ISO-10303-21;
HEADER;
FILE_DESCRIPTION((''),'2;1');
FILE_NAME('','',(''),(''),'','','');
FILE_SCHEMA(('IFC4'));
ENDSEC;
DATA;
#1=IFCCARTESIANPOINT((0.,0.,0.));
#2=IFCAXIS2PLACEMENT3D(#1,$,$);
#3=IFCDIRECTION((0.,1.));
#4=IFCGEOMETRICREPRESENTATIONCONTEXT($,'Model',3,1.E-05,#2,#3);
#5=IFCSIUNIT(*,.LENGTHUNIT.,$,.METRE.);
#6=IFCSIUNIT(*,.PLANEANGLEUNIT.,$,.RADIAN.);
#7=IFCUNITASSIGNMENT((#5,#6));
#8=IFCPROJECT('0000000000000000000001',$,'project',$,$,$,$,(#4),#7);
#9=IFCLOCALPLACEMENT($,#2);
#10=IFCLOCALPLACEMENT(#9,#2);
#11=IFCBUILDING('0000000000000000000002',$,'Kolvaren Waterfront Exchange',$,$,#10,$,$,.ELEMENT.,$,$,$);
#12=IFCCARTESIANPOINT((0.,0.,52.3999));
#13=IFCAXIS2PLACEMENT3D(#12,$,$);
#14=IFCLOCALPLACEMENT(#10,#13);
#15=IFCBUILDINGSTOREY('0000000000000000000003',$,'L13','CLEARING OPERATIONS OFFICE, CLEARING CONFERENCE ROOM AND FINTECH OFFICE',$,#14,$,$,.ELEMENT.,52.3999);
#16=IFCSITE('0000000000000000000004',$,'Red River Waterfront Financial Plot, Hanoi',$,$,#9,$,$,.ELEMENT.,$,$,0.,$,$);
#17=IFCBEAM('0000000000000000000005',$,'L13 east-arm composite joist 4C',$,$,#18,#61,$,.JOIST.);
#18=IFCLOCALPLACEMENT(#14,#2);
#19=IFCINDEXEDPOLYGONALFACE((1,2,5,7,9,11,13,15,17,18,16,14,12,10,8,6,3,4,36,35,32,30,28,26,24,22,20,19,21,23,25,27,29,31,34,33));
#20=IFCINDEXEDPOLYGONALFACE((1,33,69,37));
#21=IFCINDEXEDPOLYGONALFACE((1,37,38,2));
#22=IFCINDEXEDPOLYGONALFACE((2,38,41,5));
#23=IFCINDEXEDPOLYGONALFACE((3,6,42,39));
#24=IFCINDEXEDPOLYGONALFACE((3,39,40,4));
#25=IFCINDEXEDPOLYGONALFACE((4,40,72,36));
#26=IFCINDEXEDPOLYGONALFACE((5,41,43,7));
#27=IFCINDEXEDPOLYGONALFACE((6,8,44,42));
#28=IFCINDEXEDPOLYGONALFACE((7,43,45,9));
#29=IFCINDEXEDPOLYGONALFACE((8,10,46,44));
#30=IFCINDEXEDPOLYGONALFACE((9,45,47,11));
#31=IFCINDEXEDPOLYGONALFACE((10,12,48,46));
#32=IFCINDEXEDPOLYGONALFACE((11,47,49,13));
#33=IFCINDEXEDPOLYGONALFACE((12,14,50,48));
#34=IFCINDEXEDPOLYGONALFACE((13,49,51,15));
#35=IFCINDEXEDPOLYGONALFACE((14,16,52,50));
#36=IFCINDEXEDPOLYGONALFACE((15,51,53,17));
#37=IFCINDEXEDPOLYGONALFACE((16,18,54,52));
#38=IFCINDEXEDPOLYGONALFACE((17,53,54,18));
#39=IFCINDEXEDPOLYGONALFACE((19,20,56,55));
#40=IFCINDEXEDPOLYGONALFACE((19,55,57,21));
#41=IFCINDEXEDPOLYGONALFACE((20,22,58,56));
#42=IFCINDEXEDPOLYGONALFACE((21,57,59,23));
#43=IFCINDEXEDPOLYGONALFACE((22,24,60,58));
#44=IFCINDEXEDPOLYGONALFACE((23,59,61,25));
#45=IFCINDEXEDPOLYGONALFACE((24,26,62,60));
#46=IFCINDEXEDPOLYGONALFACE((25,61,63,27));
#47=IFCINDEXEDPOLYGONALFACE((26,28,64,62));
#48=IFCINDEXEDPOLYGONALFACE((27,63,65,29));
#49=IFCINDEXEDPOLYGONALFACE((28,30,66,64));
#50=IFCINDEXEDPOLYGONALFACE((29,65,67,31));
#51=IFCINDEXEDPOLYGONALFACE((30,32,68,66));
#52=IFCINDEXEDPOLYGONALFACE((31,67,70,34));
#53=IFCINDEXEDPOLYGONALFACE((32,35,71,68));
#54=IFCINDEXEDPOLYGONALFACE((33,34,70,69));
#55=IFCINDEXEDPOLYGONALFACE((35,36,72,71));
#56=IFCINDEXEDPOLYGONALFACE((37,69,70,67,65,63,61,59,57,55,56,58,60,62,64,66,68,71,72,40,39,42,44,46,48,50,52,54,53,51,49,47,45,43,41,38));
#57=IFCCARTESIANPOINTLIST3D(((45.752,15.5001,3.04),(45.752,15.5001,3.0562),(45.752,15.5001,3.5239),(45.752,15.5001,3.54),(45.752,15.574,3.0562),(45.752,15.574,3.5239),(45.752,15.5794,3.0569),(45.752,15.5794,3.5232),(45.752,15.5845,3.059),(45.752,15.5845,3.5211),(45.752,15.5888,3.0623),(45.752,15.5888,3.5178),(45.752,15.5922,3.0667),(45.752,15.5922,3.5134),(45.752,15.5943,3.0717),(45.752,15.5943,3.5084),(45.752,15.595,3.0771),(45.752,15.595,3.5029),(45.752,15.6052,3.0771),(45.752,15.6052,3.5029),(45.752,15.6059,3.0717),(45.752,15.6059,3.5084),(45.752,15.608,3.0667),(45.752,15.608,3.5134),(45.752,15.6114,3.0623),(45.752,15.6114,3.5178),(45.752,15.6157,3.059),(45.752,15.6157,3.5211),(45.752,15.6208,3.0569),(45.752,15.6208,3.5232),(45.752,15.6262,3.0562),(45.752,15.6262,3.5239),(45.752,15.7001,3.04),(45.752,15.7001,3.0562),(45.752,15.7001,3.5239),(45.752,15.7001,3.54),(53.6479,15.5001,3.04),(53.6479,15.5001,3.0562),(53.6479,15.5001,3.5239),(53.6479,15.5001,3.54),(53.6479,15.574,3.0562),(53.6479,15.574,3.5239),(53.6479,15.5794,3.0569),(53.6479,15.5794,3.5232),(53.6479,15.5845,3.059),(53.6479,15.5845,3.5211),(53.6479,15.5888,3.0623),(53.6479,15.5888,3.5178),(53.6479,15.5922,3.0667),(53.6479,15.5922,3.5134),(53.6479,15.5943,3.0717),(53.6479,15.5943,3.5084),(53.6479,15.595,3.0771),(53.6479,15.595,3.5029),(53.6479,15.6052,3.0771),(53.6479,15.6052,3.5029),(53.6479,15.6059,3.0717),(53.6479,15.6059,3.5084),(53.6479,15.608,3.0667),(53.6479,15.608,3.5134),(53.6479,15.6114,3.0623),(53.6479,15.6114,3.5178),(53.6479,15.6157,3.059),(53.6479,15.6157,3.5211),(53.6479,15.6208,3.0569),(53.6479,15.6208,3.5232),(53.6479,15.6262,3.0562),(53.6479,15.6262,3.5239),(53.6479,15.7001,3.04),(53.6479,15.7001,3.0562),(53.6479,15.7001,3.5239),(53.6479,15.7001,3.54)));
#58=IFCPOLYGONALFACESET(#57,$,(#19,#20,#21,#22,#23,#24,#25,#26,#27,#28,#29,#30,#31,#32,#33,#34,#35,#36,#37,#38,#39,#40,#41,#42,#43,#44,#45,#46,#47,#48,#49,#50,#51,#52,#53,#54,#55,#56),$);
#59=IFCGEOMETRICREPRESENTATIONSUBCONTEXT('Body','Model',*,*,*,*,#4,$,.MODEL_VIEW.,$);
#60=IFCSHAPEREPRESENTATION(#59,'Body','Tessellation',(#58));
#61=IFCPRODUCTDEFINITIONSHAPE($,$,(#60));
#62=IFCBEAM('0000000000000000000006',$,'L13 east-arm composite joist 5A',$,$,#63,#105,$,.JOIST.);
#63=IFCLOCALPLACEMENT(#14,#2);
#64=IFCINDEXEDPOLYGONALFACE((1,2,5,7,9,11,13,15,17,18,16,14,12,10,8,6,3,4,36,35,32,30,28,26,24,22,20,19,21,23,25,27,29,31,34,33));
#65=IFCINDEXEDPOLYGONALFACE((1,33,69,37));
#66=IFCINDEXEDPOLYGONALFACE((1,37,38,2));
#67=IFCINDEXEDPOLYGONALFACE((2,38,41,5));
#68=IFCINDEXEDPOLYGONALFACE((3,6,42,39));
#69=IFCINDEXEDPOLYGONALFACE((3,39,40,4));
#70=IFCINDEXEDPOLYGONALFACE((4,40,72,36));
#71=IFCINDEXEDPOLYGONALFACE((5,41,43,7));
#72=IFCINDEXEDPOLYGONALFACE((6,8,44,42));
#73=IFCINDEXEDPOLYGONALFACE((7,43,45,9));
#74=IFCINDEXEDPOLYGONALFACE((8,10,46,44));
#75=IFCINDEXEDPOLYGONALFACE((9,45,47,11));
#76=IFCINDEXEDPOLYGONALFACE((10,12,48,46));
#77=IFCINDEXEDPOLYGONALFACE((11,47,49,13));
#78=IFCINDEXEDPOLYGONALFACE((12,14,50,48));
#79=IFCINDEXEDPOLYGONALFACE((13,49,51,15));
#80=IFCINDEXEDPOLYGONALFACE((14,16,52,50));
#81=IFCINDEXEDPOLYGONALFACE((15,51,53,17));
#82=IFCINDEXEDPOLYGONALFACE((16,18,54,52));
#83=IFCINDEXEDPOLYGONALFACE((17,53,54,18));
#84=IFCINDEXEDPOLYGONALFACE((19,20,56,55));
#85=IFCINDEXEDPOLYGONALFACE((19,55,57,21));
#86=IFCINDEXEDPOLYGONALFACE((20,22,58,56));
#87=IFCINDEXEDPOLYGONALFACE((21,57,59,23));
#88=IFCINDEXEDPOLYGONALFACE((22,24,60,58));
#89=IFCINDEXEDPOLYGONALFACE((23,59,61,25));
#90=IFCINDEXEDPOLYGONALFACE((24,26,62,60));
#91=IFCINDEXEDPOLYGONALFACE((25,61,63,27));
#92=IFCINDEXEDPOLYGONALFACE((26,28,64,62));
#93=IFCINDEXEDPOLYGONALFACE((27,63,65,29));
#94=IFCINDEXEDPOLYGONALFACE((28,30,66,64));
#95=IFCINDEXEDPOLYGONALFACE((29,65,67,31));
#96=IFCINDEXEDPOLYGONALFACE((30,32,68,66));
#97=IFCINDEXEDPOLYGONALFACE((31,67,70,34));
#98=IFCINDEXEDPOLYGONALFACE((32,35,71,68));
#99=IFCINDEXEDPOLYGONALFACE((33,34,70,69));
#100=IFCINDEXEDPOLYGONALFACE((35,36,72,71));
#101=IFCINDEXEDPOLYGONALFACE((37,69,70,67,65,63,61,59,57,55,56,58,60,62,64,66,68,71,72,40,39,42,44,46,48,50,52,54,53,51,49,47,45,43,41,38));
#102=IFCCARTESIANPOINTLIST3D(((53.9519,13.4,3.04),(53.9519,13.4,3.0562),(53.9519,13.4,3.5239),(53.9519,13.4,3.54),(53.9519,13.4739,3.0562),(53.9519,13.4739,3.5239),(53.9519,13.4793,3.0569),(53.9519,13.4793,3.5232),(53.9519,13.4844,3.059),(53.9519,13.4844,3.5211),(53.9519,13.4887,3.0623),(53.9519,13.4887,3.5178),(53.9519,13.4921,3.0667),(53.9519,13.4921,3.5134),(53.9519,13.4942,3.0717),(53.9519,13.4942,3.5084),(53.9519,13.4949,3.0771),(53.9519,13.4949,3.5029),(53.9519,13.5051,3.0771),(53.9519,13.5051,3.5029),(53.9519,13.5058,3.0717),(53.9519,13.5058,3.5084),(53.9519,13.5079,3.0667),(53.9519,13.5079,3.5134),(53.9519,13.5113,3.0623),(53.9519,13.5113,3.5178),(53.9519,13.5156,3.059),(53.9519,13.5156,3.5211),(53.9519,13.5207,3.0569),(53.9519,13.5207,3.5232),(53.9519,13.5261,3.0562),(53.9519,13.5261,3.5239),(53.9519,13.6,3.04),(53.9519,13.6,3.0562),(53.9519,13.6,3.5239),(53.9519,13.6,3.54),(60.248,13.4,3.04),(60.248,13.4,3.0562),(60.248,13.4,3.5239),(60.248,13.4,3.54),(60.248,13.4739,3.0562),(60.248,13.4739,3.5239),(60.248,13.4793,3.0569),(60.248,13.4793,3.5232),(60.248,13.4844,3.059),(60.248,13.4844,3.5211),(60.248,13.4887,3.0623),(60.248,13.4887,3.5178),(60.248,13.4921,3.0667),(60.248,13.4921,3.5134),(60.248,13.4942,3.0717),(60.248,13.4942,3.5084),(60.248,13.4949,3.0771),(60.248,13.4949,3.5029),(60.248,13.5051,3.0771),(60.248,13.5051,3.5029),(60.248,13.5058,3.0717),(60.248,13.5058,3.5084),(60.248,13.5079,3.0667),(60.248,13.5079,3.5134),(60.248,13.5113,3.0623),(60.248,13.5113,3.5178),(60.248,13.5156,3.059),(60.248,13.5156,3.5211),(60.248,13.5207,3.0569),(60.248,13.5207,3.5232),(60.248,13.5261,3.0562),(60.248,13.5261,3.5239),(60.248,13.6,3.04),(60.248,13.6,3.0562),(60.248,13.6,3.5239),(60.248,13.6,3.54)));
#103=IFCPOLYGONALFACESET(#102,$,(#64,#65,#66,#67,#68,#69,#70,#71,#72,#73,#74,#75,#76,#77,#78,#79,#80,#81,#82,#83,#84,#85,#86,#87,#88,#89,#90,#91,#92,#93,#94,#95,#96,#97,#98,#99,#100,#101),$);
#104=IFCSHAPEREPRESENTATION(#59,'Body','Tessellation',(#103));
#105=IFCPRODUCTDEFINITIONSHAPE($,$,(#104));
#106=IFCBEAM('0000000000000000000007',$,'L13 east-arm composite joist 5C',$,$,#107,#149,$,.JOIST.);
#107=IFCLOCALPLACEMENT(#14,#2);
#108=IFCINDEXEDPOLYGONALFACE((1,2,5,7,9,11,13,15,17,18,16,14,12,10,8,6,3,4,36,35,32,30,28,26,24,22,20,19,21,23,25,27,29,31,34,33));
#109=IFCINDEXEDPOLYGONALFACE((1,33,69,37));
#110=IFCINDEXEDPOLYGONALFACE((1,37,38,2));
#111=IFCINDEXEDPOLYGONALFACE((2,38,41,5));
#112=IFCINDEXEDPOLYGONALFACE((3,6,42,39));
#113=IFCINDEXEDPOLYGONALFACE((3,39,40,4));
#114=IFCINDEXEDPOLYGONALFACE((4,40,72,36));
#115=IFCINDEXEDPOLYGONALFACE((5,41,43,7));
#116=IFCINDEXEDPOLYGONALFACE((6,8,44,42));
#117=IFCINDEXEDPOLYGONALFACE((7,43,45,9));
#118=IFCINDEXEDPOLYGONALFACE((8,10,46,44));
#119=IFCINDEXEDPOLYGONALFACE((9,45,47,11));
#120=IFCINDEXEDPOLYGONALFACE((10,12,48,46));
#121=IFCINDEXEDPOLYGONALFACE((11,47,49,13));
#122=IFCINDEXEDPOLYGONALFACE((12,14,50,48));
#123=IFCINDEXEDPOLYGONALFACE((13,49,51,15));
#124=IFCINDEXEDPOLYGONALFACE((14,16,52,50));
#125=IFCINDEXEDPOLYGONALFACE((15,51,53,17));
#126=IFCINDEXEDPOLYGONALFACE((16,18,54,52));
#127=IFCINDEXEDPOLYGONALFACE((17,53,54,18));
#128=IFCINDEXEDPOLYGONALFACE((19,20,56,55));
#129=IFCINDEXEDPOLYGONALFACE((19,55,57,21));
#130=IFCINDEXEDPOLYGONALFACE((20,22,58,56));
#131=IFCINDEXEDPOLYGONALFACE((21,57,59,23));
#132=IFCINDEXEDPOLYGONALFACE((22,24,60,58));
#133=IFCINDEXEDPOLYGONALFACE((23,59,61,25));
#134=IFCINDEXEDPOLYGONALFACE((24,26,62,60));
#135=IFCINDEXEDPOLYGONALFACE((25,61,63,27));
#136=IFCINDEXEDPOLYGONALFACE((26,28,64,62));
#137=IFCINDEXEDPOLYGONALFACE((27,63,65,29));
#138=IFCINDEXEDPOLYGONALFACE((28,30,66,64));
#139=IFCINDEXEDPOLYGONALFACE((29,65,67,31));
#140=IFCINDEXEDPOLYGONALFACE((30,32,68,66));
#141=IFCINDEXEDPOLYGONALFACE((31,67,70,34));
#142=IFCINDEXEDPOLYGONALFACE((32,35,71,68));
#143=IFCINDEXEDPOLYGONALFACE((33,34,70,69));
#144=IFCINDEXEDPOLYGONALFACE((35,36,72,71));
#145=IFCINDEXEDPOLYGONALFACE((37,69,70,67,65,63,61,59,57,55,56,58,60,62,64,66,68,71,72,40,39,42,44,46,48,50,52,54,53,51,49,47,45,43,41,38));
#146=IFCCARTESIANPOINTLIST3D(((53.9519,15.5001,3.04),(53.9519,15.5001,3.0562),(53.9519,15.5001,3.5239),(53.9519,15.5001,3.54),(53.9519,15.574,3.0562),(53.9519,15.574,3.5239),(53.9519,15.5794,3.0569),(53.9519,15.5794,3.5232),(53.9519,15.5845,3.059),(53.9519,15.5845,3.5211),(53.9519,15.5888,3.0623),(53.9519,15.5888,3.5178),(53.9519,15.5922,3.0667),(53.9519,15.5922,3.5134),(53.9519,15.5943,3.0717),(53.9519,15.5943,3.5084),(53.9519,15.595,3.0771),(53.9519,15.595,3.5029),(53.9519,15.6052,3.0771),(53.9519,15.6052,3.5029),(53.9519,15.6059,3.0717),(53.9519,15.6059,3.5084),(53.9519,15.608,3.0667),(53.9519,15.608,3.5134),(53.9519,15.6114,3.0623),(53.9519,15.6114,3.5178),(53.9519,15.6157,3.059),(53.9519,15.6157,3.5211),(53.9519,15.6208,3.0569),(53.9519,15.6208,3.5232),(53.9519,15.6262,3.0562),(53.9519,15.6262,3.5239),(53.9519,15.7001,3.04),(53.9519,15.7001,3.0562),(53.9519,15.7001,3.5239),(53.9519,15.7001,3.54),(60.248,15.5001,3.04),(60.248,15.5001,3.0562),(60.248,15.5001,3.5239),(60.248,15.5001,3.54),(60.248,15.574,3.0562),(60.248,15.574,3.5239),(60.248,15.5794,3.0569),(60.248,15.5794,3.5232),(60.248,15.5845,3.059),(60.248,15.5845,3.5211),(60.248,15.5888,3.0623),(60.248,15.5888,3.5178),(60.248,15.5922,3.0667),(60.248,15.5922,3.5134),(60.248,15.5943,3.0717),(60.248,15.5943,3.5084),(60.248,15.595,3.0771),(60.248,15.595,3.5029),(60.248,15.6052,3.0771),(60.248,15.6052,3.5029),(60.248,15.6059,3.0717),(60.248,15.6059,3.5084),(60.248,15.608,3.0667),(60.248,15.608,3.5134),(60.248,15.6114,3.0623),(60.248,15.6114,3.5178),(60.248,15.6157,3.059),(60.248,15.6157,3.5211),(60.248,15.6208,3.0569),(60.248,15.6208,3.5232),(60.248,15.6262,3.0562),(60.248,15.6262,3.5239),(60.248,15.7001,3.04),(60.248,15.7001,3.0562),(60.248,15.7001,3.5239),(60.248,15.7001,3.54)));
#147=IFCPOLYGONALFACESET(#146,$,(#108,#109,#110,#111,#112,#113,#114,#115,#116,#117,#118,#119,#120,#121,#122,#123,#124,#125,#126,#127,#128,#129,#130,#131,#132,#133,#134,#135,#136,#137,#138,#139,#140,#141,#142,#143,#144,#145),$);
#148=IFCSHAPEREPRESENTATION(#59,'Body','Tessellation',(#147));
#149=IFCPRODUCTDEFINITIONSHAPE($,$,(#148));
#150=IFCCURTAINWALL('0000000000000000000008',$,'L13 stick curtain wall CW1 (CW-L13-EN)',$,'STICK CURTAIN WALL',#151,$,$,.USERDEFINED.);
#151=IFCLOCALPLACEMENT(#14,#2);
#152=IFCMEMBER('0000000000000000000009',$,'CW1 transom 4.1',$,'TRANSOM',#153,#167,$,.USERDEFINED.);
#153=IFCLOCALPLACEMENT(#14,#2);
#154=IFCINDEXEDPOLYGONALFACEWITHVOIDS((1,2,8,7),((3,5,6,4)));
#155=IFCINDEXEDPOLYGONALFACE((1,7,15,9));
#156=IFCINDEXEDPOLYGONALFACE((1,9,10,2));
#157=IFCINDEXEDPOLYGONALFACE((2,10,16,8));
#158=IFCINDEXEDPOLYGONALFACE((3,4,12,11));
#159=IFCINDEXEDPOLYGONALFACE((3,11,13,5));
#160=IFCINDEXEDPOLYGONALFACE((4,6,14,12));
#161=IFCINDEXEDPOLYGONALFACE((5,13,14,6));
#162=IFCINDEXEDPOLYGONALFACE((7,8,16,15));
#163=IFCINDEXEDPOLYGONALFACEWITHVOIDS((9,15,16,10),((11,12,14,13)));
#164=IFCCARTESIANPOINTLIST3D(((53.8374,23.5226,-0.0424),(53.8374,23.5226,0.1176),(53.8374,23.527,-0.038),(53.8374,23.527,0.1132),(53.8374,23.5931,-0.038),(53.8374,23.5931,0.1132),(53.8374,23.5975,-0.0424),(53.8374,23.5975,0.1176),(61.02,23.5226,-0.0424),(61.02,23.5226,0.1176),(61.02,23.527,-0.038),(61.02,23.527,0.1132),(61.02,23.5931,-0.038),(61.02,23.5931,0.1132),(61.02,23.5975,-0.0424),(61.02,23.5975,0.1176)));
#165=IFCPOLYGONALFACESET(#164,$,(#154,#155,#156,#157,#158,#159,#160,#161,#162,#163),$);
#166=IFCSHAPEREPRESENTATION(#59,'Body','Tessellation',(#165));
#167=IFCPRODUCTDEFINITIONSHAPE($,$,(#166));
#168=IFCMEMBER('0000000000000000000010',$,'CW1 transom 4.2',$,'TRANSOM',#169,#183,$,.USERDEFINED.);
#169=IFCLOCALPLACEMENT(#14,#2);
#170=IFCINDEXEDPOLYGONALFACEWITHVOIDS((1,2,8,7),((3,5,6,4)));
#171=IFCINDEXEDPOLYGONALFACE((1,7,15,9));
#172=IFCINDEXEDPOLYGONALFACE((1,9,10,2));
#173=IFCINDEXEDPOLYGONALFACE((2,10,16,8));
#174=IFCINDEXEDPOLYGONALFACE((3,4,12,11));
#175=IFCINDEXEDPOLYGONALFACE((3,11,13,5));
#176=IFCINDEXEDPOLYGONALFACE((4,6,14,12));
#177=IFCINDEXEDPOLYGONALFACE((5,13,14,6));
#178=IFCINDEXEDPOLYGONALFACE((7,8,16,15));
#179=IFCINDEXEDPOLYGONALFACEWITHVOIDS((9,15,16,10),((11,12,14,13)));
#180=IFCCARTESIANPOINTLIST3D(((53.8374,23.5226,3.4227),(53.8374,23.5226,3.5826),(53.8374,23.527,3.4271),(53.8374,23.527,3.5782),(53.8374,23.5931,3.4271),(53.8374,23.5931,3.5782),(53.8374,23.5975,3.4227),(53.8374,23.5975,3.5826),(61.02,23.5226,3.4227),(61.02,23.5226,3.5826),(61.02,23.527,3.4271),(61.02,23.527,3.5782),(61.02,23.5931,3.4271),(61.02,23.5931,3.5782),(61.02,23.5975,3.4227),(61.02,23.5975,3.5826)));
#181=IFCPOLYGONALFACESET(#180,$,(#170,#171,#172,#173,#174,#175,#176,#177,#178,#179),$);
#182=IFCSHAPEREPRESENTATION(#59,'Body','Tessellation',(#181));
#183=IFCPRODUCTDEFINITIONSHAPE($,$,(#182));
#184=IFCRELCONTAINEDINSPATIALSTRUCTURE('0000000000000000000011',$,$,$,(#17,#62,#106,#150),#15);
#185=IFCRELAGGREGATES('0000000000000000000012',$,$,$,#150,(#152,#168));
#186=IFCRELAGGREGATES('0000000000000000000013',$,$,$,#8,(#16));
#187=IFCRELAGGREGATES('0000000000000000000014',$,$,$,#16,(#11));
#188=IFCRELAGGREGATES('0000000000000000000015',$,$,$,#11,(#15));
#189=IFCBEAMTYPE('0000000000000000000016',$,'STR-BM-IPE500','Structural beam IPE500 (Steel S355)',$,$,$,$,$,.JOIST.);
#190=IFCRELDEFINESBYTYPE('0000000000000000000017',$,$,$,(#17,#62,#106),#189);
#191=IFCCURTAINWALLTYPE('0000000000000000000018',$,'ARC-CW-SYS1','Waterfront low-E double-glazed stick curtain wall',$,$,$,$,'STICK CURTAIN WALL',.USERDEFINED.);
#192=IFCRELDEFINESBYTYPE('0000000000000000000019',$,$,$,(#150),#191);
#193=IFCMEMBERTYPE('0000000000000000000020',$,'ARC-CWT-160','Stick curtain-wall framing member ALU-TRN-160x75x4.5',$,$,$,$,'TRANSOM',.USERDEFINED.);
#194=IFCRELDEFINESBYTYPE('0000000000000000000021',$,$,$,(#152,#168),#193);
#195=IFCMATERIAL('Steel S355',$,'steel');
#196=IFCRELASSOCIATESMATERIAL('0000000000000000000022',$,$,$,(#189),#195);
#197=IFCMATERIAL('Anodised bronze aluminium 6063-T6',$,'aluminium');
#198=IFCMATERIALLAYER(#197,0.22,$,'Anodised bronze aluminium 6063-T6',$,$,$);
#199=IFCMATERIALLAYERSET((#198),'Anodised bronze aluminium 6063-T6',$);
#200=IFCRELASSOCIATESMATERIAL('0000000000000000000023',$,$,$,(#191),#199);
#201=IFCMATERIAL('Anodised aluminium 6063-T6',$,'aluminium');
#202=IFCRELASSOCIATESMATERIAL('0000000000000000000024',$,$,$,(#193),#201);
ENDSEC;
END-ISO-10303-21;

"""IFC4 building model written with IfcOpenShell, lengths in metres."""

from ifc_helpers import new_model, si_unit, direction, frame, origin, origin_with_axes, origin_2d, place, context, subcontext, project, spatial, hollow_rectangle, i_section, extrude, source, transform, mapped, material, layer, layer_set, material_profile, profile_set, type_object, element, aggregate, save


model = new_model("IFC4")

# Units and contexts
model_context = context("Model", 3, precision=1e-05, world=origin(), true_north=direction((0.0, 1.0)))
body_context = subcontext(model_context, "Body", "Model", "MODEL_VIEW")
ifc_project = project(units=[si_unit("LENGTHUNIT", "METRE"), si_unit("PLANEANGLEUNIT", "RADIAN")], contexts=[model_context])

# Site, building, storey
site_placement = place(None, origin())
site = spatial("IfcSite", under=ifc_project, at=site_placement, Name="Red River Waterfront Financial Plot, Hanoi", CompositionType="ELEMENT", RefElevation=0.0)
building_placement = place(site_placement, origin())
building = spatial("IfcBuilding", under=site, at=building_placement, Name="Kolvaren Waterfront Exchange", CompositionType="ELEMENT")
storey_placement = place(building_placement, frame((0.0, 0.0, 52.3999)))
storey = spatial("IfcBuildingStorey", under=building, at=storey_placement, Name="L13", Description="CLEARING OPERATIONS OFFICE, CLEARING CONFERENCE ROOM AND FINTECH OFFICE", CompositionType="ELEMENT", Elevation=52.3999)

# Beams
ifc_material_1 = material(Name="Steel S355", Category="steel")
ifc_material_profile_1 = material_profile(ifc_material_1, i_section(OverallWidth=0.2, OverallDepth=0.5, WebThickness=0.0103, FlangeThickness=0.0161, FilletRadius=0.021, at=origin_2d()), Name="IPE500")
ifc_profile_set_1 = profile_set([ifc_material_profile_1], Name="Steel S355")
beam_type_1 = type_object("IfcBeamType", Name="STR-BM-IPE500", Description="Structural beam IPE500 (Steel S355)", PredefinedType="JOIST", material=ifc_profile_set_1)
for number, where, z_axis, x_axis, name in (
    (1, (45.752, 15.6001, 3.29), (1.0, 0.0, 0.0), (0.0, 1.0, 0.0), "L13 east-arm composite joist 4C"),
):
    element("IfcBeam", number, at=place(storey_placement, frame(where, z_axis=z_axis, x_axis=x_axis)), inside=storey, type_object=beam_type_1, Name=name, PredefinedType="JOIST", context=body_context, shape_type="SweptSolid", body=[
        extrude(i_section(OverallWidth=0.2, OverallDepth=0.5, WebThickness=0.0103, FlangeThickness=0.0161, FilletRadius=0.021, at=origin_2d()), origin(), (0.0, 0.0, 1.0), 7.896),
    ])
for number, where, z_axis, x_axis, name in (
    (2, (53.9519, 13.5, 3.29), (1.0, 0.0, 0.0), (0.0, 1.0, 0.0), "L13 east-arm composite joist 5A"),
    (3, (53.9519, 15.6001, 3.29), (1.0, 0.0, 0.0), (0.0, 1.0, 0.0), "L13 east-arm composite joist 5C"),
):
    element("IfcBeam", number, at=place(storey_placement, frame(where, z_axis=z_axis, x_axis=x_axis)), inside=storey, type_object=beam_type_1, Name=name, PredefinedType="JOIST", context=body_context, shape_type="SweptSolid", body=[
        extrude(i_section(OverallWidth=0.2, OverallDepth=0.5, WebThickness=0.0103, FlangeThickness=0.0161, FilletRadius=0.021, at=origin_2d()), origin(), (0.0, 0.0, 1.0), 6.2961),
    ])

# Curtain wall, members
ifc_material_2 = material(Name="Anodised bronze aluminium 6063-T6", Category="aluminium")
ifc_layer_1 = layer(ifc_material_2, 0.22, Name="Anodised bronze aluminium 6063-T6")
ifc_layer_set_1 = layer_set([ifc_layer_1], Name="Anodised bronze aluminium 6063-T6")
curtain_wall_type = type_object("IfcCurtainWallType", Name="ARC-CW-SYS1", Description="Waterfront low-E double-glazed stick curtain wall", ElementType="STICK CURTAIN WALL", PredefinedType="USERDEFINED", material=ifc_layer_set_1)
curtain_wall_placement = place(storey_placement, origin())
curtain_wall = element("IfcCurtainWall", 4, at=curtain_wall_placement, inside=storey, type_object=curtain_wall_type, Name="L13 stick curtain wall CW1 (CW-L13-EN)", ObjectType="STICK CURTAIN WALL", PredefinedType="USERDEFINED")
ifc_material_3 = material(Name="Anodised aluminium 6063-T6", Category="aluminium")
ifc_material_profile_2 = material_profile(ifc_material_3, hollow_rectangle(XDim=0.075, YDim=0.1599, WallThickness=0.0044, at=origin_2d()), Name="ALU-TRN-160x75x4.5")
ifc_profile_set_2 = profile_set([ifc_material_profile_2], Name="Anodised aluminium 6063-T6")
member_type_1 = type_object("IfcMemberType", Name="ARC-CWT-160", Description="Stick curtain-wall framing member ALU-TRN-160x75x4.5", ElementType="TRANSOM", PredefinedType="USERDEFINED", material=ifc_profile_set_2)
shared_shape_1 = source(origin_with_axes(), body_context, "Body", "SweptSolid", [
    extrude(hollow_rectangle(XDim=0.075, YDim=0.1599, WallThickness=0.0044, at=origin_2d()), origin(), (0.0, 0.0, 1.0), 7.1826),
])
member_1_placement = place(storey_placement, frame((53.8374, 23.5601, 0.0376), z_axis=(1.0, 0.0, 0.0), x_axis=(0.0, 1.0, 0.0)))
member_1 = element("IfcMember", 5, at=member_1_placement, type_object=member_type_1, Name="CW1 transom 4.1", ObjectType="TRANSOM", PredefinedType="USERDEFINED", context=body_context, shape_type="MappedRepresentation", body=[
    mapped(shared_shape_1, transform((0.0, 0.0, 0.0), x_axis=(1.0, 0.0, 0.0), y_axis=(0.0, 1.0, 0.0), z_axis=(0.0, 0.0, 1.0), scale=1.0)),
])
member_2_placement = place(storey_placement, frame((53.8374, 23.5601, 3.5027), z_axis=(1.0, 0.0, 0.0), x_axis=(0.0, 1.0, 0.0)))
member_2 = element("IfcMember", 6, at=member_2_placement, type_object=member_type_1, Name="CW1 transom 4.2", ObjectType="TRANSOM", PredefinedType="USERDEFINED", context=body_context, shape_type="MappedRepresentation", body=[
    mapped(shared_shape_1, transform((0.0, 0.0, 0.0), x_axis=(1.0, 0.0, 0.0), y_axis=(0.0, 1.0, 0.0), z_axis=(0.0, 0.0, 1.0), scale=1.0)),
])
aggregate(curtain_wall, [member_1, member_2])

save(model, "model.ifc")
